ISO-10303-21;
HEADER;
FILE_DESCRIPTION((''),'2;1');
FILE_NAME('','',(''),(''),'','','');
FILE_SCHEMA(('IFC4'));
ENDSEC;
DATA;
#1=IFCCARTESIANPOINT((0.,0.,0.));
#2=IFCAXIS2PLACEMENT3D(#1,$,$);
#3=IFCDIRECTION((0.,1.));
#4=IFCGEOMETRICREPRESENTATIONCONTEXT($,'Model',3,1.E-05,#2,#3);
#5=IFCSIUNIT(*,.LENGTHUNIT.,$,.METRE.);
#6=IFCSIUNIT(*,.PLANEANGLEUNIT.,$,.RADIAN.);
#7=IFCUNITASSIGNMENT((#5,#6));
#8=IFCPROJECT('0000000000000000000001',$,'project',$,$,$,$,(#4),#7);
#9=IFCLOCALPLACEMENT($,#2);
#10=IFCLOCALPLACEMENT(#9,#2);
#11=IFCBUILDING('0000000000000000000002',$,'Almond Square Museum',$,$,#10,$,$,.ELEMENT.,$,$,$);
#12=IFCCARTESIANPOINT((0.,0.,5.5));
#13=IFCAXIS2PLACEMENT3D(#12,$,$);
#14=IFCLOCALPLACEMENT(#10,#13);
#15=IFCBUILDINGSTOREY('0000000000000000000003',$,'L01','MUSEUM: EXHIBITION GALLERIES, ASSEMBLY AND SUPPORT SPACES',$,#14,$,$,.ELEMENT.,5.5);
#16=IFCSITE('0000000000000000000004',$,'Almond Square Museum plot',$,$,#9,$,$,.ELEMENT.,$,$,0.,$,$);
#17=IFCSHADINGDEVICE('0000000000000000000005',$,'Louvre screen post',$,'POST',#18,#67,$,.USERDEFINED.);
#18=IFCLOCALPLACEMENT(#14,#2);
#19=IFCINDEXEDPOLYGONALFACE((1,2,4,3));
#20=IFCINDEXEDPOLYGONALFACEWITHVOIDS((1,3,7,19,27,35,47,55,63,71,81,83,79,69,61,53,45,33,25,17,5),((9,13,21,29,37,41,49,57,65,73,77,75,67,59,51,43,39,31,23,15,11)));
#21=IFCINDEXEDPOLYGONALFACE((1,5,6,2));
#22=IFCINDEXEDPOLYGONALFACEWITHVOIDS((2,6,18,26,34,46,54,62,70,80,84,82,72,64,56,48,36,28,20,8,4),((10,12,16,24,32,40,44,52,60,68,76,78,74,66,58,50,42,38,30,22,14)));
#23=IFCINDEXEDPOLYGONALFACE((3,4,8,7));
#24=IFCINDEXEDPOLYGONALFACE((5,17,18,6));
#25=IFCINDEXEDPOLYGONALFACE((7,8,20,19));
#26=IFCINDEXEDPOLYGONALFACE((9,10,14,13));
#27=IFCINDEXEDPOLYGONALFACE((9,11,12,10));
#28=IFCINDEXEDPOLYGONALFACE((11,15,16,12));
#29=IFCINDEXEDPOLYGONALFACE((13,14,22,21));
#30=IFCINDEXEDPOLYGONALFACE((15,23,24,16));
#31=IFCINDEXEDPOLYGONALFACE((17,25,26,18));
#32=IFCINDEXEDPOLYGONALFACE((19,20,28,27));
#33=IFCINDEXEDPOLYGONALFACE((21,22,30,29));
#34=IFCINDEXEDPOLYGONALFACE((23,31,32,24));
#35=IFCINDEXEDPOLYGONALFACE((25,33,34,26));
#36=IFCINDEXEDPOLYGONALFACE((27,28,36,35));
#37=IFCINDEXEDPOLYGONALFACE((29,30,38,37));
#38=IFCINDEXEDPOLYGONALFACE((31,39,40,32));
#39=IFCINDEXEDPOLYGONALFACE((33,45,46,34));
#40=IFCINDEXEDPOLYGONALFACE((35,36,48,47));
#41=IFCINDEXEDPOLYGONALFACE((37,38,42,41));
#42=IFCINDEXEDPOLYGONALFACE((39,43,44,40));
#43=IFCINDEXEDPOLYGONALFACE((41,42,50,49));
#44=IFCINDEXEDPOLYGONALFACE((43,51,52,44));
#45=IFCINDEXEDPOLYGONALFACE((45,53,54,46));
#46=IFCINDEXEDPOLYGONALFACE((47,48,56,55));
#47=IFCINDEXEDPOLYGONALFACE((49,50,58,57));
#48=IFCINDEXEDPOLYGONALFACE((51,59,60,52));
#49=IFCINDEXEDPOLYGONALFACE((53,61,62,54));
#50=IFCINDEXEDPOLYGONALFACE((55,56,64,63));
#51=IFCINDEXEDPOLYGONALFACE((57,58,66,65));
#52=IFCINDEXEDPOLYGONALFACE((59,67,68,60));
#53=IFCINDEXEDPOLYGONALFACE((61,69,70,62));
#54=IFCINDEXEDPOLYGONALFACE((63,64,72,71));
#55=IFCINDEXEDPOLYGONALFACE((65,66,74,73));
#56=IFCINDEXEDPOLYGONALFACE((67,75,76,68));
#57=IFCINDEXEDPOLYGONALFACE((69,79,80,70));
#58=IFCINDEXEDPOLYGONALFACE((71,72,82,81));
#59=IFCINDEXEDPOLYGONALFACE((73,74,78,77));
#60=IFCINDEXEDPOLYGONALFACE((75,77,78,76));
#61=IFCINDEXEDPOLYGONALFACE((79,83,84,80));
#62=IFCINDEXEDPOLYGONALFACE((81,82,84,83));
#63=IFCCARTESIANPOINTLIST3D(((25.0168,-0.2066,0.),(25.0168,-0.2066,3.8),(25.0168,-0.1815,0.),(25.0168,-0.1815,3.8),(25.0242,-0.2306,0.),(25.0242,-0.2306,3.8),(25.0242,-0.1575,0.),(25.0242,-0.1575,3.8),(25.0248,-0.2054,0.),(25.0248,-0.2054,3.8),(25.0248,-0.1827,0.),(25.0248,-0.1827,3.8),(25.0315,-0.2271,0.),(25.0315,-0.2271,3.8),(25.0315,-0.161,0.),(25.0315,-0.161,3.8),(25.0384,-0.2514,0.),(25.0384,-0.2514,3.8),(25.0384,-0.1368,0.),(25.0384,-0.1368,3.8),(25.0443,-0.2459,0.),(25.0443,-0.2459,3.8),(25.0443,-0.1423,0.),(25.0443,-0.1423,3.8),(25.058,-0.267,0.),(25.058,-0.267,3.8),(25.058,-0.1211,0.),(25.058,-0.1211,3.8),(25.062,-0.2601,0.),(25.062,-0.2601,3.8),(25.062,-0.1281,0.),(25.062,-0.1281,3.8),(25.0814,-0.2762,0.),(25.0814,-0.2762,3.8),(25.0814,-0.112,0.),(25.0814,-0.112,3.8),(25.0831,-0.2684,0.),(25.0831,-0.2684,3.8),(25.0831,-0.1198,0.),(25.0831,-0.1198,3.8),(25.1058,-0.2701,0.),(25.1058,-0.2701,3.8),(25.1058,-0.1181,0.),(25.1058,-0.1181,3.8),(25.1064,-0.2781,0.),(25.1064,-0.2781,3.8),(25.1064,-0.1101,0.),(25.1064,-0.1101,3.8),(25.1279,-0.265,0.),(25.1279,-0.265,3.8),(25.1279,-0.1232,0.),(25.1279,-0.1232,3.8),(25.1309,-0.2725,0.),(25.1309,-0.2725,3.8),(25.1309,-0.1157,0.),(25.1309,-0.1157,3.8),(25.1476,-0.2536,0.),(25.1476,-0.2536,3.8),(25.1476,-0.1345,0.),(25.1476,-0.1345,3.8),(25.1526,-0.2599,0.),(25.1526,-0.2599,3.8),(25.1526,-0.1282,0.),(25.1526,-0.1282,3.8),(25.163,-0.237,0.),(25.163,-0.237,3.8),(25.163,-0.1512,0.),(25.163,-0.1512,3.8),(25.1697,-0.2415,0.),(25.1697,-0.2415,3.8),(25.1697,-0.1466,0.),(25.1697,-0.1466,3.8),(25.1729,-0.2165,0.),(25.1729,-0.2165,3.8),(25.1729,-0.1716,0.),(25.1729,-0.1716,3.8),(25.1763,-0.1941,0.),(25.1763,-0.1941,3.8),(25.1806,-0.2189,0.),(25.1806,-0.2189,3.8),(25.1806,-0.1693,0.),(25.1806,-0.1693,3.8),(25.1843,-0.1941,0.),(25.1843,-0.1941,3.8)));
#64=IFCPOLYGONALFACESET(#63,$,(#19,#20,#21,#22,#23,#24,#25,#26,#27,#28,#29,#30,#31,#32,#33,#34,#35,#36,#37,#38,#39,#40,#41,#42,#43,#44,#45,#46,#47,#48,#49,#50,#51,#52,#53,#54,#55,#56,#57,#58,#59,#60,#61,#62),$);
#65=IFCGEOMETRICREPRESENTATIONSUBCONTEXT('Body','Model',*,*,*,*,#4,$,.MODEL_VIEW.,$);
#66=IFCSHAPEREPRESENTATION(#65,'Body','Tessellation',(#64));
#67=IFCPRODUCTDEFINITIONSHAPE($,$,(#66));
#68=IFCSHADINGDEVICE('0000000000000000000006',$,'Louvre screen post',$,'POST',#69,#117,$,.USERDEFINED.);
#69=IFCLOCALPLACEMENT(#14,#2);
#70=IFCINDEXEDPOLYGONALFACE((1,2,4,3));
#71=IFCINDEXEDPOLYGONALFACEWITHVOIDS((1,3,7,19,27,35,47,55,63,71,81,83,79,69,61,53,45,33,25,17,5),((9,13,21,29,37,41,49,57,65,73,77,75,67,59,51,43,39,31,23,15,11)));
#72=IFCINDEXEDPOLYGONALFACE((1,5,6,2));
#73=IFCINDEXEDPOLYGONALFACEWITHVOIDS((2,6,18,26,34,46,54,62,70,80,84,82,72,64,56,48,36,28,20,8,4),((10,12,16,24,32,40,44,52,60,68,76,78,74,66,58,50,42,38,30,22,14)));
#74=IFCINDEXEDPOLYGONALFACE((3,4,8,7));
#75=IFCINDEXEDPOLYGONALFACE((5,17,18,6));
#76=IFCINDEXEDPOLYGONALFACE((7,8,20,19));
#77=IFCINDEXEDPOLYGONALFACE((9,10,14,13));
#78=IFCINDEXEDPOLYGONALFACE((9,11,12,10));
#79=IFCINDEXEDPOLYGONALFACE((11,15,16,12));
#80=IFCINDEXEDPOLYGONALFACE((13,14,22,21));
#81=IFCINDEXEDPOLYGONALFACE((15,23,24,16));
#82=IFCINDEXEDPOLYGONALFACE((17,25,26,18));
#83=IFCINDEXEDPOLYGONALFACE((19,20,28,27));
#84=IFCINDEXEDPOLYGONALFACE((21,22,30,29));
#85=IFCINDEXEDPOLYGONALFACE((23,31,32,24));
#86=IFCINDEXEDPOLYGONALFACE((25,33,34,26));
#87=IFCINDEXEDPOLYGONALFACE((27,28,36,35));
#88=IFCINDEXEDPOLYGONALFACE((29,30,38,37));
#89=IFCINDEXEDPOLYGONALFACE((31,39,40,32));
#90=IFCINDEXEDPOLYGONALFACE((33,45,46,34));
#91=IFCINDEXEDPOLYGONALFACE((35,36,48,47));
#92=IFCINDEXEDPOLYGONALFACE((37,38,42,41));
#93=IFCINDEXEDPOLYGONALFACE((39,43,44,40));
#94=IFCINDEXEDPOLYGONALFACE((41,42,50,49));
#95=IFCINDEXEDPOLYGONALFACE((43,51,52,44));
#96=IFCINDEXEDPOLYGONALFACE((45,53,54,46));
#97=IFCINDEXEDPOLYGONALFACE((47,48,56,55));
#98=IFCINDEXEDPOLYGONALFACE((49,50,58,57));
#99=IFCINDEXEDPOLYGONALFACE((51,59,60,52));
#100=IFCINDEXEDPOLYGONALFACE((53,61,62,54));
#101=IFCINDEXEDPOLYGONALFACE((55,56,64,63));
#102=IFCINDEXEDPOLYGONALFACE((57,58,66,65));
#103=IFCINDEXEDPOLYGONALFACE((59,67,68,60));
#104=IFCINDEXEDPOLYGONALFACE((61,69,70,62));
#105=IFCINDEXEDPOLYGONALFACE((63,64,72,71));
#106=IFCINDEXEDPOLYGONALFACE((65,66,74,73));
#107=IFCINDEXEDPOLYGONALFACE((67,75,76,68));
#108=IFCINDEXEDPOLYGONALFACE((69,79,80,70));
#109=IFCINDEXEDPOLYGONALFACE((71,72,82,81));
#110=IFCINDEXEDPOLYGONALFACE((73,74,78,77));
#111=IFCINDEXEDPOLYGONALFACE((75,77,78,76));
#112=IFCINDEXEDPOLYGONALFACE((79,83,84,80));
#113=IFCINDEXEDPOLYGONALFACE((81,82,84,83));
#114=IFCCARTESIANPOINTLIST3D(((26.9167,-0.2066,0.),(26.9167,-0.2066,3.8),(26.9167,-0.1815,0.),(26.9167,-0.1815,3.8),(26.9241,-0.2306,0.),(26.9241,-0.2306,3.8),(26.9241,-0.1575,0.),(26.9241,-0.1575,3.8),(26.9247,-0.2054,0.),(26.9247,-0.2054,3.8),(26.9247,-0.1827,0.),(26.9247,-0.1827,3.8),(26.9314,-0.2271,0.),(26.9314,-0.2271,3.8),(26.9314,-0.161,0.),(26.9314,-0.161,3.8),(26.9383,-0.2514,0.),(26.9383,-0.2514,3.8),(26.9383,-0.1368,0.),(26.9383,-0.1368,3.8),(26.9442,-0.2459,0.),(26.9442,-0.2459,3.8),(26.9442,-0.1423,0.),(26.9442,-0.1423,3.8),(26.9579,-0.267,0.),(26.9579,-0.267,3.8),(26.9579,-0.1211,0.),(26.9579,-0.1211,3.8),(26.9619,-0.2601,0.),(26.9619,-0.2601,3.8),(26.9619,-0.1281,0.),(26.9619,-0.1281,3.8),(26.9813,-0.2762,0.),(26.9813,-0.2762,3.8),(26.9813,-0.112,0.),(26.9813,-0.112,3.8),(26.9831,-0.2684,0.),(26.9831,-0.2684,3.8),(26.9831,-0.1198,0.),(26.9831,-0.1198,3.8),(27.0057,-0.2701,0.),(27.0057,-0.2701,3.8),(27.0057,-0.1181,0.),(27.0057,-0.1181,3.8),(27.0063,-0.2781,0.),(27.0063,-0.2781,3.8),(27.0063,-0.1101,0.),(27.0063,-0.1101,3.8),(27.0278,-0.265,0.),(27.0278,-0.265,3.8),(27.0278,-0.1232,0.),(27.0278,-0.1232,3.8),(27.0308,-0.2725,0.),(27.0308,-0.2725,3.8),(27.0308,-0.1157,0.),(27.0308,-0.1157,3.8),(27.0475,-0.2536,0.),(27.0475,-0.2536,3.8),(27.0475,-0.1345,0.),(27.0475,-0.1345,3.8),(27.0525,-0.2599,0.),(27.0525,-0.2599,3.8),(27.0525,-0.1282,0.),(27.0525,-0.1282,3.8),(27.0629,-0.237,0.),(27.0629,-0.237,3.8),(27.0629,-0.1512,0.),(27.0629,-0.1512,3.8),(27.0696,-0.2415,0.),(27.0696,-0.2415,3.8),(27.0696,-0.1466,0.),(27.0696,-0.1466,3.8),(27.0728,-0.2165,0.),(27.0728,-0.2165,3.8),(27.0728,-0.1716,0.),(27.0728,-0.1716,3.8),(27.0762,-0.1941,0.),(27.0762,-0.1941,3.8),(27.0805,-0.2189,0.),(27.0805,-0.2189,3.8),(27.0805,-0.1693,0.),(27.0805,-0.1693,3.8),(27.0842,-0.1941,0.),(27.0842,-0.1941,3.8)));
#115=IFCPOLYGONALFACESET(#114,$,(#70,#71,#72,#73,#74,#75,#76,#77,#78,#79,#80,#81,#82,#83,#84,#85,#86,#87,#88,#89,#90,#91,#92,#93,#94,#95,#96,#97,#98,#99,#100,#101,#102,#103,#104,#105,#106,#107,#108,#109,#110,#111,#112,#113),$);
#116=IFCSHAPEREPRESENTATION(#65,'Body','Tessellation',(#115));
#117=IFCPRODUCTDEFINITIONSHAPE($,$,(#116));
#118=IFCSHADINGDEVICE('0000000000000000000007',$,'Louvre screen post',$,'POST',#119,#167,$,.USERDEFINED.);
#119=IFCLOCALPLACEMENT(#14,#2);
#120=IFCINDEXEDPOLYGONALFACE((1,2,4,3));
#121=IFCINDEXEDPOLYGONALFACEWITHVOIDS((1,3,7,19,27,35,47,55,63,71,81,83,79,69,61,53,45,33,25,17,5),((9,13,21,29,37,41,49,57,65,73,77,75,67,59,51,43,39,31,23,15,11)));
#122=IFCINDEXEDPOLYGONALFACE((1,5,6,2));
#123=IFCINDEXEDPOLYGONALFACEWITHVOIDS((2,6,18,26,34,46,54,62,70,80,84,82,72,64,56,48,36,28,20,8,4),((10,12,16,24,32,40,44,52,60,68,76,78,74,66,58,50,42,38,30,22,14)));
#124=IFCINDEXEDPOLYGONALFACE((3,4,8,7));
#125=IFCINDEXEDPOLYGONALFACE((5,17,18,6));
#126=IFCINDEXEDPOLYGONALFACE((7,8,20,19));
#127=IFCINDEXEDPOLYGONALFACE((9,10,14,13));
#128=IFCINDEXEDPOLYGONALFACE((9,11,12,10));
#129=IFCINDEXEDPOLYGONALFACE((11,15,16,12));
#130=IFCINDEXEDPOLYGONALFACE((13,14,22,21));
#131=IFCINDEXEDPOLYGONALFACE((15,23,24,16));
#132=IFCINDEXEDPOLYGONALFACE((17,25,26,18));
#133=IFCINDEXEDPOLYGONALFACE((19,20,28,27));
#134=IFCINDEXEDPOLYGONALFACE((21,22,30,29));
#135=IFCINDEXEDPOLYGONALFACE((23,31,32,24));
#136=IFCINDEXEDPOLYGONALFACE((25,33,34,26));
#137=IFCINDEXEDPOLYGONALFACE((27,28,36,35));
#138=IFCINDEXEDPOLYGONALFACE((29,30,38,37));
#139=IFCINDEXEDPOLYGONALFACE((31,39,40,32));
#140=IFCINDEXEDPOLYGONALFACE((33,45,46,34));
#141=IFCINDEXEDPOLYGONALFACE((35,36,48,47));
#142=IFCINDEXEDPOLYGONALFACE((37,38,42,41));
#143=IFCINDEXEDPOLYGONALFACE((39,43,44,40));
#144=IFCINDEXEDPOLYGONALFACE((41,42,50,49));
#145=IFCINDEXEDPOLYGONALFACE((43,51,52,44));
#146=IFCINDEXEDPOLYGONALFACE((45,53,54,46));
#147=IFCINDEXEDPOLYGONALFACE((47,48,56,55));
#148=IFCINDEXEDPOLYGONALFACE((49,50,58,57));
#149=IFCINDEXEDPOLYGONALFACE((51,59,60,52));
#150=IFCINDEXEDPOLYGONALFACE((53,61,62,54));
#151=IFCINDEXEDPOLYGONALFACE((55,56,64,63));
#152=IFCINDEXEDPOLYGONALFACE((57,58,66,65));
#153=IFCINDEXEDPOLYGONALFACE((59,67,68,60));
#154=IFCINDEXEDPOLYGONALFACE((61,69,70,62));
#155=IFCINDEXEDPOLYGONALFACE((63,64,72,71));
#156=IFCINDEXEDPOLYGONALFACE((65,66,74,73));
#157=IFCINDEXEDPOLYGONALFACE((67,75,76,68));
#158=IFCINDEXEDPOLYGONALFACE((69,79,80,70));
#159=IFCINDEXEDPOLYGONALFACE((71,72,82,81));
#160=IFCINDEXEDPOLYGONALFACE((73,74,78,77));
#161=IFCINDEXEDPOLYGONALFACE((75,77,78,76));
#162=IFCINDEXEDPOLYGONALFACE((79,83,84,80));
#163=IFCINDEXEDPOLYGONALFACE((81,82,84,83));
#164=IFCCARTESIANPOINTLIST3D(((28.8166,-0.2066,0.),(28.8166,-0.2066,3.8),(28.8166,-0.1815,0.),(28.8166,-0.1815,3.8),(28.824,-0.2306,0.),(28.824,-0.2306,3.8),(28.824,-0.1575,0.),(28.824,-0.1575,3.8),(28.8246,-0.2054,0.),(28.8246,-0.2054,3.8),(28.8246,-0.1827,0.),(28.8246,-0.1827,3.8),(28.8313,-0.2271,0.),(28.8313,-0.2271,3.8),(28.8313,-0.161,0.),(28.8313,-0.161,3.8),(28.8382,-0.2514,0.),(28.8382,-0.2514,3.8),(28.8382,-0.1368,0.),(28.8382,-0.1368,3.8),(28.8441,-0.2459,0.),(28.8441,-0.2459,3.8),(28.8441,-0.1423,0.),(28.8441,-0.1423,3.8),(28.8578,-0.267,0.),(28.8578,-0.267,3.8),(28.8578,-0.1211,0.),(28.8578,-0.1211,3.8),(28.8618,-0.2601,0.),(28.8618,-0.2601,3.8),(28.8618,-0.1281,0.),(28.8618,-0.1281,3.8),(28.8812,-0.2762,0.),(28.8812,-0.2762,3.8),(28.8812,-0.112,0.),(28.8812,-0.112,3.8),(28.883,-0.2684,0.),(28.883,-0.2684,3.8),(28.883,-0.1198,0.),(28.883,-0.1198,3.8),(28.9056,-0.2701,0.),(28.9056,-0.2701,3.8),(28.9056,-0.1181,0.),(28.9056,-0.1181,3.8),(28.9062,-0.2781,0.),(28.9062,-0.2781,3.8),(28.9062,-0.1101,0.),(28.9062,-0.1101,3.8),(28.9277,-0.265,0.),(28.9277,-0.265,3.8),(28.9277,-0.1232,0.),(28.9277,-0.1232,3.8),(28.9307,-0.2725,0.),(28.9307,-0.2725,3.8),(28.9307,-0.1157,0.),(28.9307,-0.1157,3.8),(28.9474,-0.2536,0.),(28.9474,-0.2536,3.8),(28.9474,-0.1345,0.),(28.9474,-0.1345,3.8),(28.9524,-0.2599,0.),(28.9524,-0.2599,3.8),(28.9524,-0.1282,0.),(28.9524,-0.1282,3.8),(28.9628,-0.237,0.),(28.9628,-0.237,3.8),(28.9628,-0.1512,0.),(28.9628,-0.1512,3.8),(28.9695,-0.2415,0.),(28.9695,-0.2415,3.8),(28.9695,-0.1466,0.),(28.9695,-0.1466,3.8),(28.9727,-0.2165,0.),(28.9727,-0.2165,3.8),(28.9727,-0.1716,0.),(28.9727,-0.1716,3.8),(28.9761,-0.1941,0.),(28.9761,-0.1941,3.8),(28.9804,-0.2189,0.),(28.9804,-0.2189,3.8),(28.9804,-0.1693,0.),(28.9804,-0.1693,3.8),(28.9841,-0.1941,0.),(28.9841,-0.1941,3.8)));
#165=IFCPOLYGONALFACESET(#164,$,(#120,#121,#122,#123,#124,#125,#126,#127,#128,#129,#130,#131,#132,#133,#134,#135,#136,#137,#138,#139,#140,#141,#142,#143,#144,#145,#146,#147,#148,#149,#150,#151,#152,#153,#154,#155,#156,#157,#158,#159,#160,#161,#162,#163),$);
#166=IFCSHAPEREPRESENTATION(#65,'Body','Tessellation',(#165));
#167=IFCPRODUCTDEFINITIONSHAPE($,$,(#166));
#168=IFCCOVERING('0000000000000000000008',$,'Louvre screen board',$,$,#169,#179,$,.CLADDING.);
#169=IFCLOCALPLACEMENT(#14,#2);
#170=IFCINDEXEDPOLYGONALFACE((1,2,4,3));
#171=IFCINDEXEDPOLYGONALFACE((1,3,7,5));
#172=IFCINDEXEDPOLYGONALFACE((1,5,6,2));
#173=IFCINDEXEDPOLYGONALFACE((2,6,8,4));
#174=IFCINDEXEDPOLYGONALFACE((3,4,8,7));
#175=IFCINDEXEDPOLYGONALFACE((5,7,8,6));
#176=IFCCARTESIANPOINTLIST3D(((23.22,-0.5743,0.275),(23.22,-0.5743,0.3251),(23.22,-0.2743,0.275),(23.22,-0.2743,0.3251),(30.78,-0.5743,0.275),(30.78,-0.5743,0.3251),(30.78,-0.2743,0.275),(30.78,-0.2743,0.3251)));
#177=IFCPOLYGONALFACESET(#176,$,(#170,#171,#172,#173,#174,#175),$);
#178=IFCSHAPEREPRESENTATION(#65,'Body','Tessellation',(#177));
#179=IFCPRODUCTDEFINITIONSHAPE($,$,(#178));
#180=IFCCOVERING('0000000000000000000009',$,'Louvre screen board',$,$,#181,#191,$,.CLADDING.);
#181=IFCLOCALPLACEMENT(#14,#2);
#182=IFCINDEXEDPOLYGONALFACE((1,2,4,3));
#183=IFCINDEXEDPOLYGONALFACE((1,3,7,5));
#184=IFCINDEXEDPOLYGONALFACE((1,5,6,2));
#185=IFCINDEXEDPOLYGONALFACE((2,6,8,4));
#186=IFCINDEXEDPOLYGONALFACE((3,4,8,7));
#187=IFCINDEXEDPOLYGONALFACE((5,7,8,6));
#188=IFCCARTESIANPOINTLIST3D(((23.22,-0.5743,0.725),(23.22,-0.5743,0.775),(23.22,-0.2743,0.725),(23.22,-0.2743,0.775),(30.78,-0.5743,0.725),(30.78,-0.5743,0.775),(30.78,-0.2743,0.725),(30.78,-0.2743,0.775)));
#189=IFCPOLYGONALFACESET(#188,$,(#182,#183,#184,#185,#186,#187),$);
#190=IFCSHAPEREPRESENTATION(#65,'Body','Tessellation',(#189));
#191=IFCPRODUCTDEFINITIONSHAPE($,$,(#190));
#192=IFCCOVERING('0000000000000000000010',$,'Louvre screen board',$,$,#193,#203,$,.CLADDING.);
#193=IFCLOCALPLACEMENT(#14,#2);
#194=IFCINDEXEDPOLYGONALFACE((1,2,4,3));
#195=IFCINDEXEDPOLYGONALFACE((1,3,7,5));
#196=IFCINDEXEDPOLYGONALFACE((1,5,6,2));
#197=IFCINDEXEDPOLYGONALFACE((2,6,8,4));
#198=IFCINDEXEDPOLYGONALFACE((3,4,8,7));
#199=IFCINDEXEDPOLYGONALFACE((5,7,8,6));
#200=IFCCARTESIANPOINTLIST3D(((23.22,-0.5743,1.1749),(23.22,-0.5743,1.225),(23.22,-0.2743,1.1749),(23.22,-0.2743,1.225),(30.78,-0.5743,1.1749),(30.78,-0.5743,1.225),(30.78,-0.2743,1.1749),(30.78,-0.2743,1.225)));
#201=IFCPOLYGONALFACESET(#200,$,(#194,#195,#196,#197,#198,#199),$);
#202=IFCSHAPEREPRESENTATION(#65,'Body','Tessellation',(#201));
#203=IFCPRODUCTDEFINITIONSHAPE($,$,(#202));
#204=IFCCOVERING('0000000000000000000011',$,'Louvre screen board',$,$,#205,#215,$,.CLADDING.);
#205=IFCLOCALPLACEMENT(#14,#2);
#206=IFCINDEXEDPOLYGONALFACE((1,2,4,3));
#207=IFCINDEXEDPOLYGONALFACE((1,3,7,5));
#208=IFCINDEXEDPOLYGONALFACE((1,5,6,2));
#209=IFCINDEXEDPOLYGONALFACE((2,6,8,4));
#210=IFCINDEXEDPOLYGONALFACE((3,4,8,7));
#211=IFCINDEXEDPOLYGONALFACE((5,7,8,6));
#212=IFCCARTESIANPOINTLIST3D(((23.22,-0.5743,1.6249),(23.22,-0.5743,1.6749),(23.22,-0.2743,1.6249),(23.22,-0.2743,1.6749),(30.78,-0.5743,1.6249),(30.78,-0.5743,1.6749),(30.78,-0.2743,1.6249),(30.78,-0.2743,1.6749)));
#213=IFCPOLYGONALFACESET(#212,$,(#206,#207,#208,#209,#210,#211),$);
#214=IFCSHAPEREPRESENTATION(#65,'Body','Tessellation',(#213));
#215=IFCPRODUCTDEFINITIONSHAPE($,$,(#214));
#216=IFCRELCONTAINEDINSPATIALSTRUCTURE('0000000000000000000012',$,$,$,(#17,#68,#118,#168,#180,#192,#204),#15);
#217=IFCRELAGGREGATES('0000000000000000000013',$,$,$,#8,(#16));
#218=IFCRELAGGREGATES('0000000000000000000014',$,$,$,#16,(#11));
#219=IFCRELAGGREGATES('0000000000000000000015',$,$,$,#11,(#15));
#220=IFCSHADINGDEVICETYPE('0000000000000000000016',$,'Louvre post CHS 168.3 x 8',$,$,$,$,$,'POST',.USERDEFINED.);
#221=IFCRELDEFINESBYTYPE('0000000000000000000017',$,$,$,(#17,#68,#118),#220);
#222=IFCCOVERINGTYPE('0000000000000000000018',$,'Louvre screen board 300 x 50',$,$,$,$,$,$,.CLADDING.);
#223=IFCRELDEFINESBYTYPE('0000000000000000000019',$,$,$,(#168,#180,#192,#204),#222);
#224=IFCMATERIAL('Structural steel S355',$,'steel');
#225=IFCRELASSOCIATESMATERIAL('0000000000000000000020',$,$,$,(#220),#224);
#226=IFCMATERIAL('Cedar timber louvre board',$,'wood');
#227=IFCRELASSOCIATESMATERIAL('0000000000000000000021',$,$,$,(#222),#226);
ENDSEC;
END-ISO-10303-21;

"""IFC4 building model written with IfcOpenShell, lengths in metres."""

from ifc_helpers import new_model, si_unit, direction, frame, origin, origin_2d, place, context, subcontext, project, spatial, rectangle, hollow_circle, extrude, material, material_profile, profile_set, type_object, element, save


model = new_model("IFC4")

# Units and contexts
model_context = context("Model", 3, precision=1e-05, world=origin(), true_north=direction((0.0, 1.0)))
body_context = subcontext(model_context, "Body", "Model", "MODEL_VIEW")
ifc_project = project(units=[si_unit("LENGTHUNIT", "METRE"), si_unit("PLANEANGLEUNIT", "RADIAN")], contexts=[model_context])

# Site, building, storey
site_placement = place(None, origin())
site = spatial("IfcSite", under=ifc_project, at=site_placement, Name="Almond Square Museum plot", CompositionType="ELEMENT", RefElevation=0.0)
building_placement = place(site_placement, origin())
building = spatial("IfcBuilding", under=site, at=building_placement, Name="Almond Square Museum", CompositionType="ELEMENT")
storey_placement = place(building_placement, frame((0.0, 0.0, 5.5)))
storey = spatial("IfcBuildingStorey", under=building, at=storey_placement, Name="L01", Description="MUSEUM: EXHIBITION GALLERIES, ASSEMBLY AND SUPPORT SPACES", CompositionType="ELEMENT", Elevation=5.5)

# Shading devices
ifc_material_1 = material(Name="Structural steel S355", Category="steel")
ifc_material_profile_1 = material_profile(ifc_material_1, hollow_circle(Radius=0.0842, WallThickness=0.0081, at=origin_2d()))
ifc_profile_set_1 = profile_set([ifc_material_profile_1], Name="Structural steel S355")
shading_device_type = type_object("IfcShadingDeviceType", Name="Louvre post CHS 168.3 x 8", ElementType="POST", PredefinedType="USERDEFINED", material=ifc_profile_set_1)
for number, where, z_axis, x_axis, name in (
    (1, (25.1001, -0.1941, 0.0), (0.0, 0.0, 1.0), (1.0, 0.0, 0.0), "Louvre screen post"),
    (2, (27.0, -0.1941, 0.0), (0.0, 0.0, 1.0), (1.0, 0.0, 0.0), "Louvre screen post"),
    (3, (28.8999, -0.1941, 0.0), (0.0, 0.0, 1.0), (1.0, 0.0, 0.0), "Louvre screen post"),
):
    element("IfcShadingDevice", number, at=place(storey_placement, frame(where, z_axis=z_axis, x_axis=x_axis)), inside=storey, type_object=shading_device_type, Name=name, ObjectType="POST", PredefinedType="USERDEFINED", context=body_context, shape_type="SweptSolid", body=[
        extrude(hollow_circle(Radius=0.0842, WallThickness=0.0081, at=origin_2d()), origin(), (0.0, 0.0, 1.0), 3.8),
    ])

# Coverings
ifc_material_2 = material(Name="Cedar timber louvre board", Category="wood")
ifc_material_profile_2 = material_profile(ifc_material_2, rectangle(XDim=0.3, YDim=0.05, at=origin_2d()))
ifc_profile_set_2 = profile_set([ifc_material_profile_2], Name="Cedar timber louvre board")
covering_type = type_object("IfcCoveringType", Name="Louvre screen board 300 x 50", PredefinedType="CLADDING", material=ifc_profile_set_2)
for number, where, z_axis, x_axis, name in (
    (4, (23.22, -0.4243, 0.3), (1.0, 0.0, 0.0), (0.0, 1.0, 0.0), "Louvre screen board"),
    (5, (23.22, -0.4243, 0.75), (1.0, 0.0, 0.0), (0.0, 1.0, 0.0), "Louvre screen board"),
    (6, (23.22, -0.4243, 1.2), (1.0, 0.0, 0.0), (0.0, 1.0, 0.0), "Louvre screen board"),
    (7, (23.22, -0.4243, 1.6499), (1.0, 0.0, 0.0), (0.0, 1.0, 0.0), "Louvre screen board"),
):
    element("IfcCovering", number, at=place(storey_placement, frame(where, z_axis=z_axis, x_axis=x_axis)), inside=storey, type_object=covering_type, Name=name, PredefinedType="CLADDING", context=body_context, shape_type="SweptSolid", body=[
        extrude(rectangle(XDim=0.3, YDim=0.05, at=origin_2d()), origin(), (0.0, 0.0, 1.0), 7.5601),
    ])

save(model, "model.ifc")
